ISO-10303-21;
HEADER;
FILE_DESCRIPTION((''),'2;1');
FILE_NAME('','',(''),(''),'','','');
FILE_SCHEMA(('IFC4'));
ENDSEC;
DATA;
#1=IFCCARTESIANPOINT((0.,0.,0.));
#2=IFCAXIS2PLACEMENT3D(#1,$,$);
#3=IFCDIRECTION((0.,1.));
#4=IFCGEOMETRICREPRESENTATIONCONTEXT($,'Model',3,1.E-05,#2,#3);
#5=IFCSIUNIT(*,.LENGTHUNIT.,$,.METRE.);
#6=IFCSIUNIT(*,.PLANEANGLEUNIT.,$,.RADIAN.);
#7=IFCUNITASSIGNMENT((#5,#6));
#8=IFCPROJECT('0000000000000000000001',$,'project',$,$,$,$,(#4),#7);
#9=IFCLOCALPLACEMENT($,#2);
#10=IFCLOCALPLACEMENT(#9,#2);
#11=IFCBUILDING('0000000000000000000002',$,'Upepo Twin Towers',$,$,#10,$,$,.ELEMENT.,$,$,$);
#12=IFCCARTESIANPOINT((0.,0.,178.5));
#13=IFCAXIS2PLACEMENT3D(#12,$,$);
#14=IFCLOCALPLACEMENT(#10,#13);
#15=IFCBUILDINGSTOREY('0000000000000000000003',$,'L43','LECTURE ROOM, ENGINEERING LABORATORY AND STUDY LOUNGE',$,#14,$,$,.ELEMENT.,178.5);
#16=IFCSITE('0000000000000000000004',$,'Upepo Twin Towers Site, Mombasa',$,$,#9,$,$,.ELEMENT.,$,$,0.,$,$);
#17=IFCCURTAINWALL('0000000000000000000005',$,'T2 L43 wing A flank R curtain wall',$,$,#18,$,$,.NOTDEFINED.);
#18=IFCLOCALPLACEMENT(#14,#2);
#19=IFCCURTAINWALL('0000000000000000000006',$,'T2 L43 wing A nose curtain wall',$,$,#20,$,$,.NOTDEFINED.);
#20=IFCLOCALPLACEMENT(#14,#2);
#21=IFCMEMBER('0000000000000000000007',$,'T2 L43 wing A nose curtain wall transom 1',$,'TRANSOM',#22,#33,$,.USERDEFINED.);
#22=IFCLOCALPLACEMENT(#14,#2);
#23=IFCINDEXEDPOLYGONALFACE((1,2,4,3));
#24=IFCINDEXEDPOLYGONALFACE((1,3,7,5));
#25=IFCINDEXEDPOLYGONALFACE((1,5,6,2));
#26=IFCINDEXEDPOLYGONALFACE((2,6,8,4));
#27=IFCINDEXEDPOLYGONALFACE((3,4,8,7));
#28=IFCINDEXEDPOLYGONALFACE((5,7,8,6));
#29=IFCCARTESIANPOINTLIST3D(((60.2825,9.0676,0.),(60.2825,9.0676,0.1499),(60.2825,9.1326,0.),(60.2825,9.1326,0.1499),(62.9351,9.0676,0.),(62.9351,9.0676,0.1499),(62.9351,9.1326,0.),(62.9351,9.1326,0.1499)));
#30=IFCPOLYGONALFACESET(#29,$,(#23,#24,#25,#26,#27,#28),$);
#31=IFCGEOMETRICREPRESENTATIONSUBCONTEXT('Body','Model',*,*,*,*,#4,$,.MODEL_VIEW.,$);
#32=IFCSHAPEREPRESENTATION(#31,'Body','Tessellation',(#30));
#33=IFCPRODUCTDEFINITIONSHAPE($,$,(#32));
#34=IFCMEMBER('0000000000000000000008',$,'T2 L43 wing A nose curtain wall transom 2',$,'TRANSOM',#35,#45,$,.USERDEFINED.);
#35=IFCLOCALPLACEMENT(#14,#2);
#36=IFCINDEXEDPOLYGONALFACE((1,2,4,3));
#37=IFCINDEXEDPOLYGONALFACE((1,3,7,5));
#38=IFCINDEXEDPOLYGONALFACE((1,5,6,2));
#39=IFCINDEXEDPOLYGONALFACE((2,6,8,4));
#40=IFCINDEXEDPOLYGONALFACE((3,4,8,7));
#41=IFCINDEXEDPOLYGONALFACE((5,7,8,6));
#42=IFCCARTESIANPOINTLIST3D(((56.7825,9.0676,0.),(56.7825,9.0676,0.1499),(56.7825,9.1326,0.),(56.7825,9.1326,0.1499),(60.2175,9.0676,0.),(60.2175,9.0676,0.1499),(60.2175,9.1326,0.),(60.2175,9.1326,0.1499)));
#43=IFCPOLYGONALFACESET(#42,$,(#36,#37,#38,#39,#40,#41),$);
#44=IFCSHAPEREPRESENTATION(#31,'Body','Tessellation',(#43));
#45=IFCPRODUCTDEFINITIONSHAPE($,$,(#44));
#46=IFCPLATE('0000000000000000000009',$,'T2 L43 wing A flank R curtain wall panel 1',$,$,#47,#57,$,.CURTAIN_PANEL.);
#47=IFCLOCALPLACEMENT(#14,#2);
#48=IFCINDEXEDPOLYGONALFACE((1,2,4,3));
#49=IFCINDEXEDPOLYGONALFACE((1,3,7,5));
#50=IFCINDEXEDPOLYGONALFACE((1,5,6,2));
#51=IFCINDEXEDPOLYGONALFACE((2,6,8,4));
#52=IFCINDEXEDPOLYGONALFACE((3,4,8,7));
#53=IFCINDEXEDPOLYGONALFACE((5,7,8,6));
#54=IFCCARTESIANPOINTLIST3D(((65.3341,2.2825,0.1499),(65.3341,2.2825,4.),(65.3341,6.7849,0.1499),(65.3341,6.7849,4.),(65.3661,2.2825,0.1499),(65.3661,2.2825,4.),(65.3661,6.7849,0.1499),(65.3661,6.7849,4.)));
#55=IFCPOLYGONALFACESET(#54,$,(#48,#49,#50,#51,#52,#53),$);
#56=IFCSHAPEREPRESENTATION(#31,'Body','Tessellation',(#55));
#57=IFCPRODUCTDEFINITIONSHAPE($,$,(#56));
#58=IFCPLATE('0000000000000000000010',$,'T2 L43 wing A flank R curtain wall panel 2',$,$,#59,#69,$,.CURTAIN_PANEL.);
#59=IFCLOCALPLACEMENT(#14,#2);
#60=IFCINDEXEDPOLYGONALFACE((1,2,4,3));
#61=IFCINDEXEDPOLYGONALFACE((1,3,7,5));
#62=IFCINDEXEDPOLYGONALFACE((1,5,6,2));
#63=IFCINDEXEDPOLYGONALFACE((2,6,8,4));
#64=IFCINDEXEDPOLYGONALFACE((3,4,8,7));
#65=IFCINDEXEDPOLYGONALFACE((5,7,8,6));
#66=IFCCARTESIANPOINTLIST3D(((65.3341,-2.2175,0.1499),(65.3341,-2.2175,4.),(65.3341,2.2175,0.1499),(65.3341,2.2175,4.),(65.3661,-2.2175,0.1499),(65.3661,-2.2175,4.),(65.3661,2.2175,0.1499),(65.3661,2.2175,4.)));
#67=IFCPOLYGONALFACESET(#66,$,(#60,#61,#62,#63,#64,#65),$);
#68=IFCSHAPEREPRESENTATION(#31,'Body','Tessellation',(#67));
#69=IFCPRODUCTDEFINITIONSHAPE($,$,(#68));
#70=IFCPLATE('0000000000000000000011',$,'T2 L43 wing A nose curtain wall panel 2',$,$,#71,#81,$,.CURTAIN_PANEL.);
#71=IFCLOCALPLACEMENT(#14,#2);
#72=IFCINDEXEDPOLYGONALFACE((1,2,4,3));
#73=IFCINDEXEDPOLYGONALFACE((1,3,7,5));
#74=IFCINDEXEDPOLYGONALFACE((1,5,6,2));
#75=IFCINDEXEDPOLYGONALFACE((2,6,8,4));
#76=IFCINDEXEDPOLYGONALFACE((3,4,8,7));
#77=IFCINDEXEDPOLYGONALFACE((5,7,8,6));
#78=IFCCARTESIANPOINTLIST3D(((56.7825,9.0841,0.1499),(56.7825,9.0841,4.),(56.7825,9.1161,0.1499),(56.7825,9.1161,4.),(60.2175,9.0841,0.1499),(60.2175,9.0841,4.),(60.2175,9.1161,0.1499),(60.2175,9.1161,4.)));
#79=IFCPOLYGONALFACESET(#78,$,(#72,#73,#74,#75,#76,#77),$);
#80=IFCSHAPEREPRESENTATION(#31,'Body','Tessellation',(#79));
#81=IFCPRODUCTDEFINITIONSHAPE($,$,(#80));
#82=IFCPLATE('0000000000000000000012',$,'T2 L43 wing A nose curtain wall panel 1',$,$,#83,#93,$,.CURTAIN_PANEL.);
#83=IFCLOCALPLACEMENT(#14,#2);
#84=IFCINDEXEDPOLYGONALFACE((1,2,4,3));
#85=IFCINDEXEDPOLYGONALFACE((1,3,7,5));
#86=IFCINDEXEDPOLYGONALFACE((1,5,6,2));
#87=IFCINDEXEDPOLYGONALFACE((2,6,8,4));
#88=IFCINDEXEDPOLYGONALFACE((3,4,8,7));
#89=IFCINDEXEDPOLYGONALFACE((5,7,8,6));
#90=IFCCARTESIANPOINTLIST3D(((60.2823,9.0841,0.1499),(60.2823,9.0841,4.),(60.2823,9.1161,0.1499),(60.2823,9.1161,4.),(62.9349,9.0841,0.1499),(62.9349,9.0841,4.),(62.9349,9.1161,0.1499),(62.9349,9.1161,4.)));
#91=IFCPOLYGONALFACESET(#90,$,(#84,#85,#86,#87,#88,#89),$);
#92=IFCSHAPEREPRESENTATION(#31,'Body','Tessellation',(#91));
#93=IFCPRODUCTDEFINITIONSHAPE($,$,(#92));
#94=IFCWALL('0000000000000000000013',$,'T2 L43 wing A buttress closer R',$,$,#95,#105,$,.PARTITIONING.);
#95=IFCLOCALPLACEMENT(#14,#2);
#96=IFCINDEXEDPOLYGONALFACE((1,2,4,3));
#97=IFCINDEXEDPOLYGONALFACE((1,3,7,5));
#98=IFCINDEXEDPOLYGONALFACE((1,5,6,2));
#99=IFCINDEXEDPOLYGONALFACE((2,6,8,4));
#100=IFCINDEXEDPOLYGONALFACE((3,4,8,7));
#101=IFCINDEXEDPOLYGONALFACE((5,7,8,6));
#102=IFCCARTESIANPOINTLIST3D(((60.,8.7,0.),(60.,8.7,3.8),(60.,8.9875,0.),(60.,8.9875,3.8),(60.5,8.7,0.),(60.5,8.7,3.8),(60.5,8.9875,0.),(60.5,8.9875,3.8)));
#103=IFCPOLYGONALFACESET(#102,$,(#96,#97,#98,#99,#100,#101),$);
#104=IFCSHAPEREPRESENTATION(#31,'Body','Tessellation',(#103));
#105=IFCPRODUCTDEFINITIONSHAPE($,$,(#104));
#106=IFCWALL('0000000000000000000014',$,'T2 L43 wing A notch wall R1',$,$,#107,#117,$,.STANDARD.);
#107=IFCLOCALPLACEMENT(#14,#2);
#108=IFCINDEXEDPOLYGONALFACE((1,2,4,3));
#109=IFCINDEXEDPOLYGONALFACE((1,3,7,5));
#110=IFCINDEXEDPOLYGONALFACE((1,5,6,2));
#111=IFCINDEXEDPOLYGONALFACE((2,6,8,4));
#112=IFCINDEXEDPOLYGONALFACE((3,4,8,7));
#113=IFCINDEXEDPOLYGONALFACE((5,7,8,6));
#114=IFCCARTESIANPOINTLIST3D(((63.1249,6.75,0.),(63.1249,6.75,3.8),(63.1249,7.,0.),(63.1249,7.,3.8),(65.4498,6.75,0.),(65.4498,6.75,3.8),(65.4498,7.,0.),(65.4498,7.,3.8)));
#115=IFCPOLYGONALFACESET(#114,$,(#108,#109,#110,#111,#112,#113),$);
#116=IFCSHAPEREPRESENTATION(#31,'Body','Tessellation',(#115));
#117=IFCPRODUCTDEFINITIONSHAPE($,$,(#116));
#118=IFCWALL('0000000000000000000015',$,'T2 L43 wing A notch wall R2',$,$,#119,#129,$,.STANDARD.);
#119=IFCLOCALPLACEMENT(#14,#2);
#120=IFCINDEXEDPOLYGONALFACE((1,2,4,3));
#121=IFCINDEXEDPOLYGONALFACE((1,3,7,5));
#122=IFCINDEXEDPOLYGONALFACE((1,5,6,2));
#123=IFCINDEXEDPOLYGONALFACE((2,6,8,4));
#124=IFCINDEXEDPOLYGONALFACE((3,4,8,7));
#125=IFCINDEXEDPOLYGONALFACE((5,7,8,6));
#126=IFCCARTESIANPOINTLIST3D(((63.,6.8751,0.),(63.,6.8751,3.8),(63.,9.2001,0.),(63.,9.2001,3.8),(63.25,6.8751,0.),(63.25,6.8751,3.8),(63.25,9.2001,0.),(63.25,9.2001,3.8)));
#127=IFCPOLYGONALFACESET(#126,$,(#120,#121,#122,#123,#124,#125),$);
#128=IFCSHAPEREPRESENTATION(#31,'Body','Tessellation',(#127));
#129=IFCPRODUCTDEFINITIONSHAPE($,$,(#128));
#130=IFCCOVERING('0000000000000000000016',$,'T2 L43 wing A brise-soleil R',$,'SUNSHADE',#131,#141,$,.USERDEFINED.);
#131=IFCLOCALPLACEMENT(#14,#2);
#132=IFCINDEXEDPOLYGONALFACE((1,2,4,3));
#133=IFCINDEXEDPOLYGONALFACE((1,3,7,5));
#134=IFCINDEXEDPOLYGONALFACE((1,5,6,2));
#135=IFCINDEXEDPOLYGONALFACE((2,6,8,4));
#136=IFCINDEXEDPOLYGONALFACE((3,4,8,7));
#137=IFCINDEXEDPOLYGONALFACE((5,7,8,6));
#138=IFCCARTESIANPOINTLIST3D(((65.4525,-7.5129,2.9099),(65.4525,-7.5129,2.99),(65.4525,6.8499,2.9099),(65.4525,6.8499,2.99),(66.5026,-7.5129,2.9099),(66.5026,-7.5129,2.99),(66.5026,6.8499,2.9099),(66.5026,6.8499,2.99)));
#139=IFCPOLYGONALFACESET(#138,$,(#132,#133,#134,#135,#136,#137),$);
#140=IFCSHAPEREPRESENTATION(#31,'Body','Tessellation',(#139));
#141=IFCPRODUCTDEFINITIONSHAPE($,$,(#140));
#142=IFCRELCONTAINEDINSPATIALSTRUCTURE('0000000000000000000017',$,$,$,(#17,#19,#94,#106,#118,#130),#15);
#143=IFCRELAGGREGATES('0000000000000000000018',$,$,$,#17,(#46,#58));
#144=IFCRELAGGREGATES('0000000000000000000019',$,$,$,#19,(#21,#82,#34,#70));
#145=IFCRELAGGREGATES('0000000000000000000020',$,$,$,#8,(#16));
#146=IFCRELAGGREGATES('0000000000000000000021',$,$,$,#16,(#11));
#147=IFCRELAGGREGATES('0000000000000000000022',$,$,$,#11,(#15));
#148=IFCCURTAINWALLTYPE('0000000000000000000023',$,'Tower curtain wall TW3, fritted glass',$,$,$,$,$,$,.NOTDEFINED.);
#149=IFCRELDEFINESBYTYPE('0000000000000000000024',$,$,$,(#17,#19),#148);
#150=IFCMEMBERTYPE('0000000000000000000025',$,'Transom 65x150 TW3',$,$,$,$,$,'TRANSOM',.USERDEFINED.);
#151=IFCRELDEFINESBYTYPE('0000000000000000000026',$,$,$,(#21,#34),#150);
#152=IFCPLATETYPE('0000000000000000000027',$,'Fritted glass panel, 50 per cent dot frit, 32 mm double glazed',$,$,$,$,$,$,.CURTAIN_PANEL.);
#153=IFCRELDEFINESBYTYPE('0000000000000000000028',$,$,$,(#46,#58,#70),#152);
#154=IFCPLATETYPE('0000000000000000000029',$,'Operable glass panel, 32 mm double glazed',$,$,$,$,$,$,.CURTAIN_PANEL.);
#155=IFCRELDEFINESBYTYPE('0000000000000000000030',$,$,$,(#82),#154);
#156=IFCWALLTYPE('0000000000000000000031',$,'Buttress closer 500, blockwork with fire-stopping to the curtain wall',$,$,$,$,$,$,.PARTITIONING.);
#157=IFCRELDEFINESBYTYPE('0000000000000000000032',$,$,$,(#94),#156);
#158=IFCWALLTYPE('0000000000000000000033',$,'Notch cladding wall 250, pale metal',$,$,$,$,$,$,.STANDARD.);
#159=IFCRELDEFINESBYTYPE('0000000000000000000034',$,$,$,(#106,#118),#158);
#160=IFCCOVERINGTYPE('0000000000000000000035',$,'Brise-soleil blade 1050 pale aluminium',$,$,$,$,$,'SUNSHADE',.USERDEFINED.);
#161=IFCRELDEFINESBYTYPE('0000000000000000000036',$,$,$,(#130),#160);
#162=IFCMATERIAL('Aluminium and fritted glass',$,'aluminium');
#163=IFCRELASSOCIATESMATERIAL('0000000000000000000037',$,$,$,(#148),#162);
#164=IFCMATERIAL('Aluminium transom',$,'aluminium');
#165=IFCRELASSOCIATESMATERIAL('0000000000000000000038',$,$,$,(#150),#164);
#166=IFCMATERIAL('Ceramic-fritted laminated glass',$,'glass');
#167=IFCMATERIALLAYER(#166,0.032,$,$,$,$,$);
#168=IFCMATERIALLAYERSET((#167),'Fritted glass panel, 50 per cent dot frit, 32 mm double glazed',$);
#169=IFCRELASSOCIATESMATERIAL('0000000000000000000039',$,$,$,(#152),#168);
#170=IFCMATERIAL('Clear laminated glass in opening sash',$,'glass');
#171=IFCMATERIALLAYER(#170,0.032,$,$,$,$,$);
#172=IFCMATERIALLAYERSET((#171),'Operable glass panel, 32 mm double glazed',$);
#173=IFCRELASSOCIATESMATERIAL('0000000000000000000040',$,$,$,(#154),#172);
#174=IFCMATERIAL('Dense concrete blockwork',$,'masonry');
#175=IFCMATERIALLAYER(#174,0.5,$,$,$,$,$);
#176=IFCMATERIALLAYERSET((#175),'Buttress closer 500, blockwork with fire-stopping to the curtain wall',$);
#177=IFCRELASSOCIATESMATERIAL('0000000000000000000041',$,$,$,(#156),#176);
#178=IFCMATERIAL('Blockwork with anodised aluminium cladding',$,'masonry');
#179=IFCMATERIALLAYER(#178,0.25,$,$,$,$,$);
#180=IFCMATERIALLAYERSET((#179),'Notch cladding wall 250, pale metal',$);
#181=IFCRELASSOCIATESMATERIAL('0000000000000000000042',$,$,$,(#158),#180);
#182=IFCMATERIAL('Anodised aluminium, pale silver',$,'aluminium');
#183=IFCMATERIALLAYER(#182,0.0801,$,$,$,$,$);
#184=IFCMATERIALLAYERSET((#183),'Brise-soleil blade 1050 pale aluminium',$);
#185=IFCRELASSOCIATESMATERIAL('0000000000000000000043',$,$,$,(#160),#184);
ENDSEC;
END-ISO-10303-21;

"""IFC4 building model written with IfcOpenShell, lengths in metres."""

from ifc_helpers import new_model, si_unit, direction, frame, frame_2d, origin, origin_2d, place, context, subcontext, project, spatial, rectangle, extrude, material, layer, layer_set, material_profile, profile_set, type_object, element, aggregate, save


model = new_model("IFC4")

# Units and contexts
model_context = context("Model", 3, precision=1e-05, world=origin(), true_north=direction((0.0, 1.0)))
body_context = subcontext(model_context, "Body", "Model", "MODEL_VIEW")
ifc_project = project(units=[si_unit("LENGTHUNIT", "METRE"), si_unit("PLANEANGLEUNIT", "RADIAN")], contexts=[model_context])

# Site, building, storey
site_placement = place(None, origin())
site = spatial("IfcSite", under=ifc_project, at=site_placement, Name="Upepo Twin Towers Site, Mombasa", CompositionType="ELEMENT", RefElevation=0.0)
building_placement = place(site_placement, origin())
building = spatial("IfcBuilding", under=site, at=building_placement, Name="Upepo Twin Towers", CompositionType="ELEMENT")
storey_placement = place(building_placement, frame((0.0, 0.0, 178.5)))
storey = spatial("IfcBuildingStorey", under=building, at=storey_placement, Name="L43", Description="LECTURE ROOM, ENGINEERING LABORATORY AND STUDY LOUNGE", CompositionType="ELEMENT", Elevation=178.5)

# Curtain walls
ifc_material_1 = material(Name="Aluminium and fritted glass", Category="aluminium")
curtain_wall_type = type_object("IfcCurtainWallType", Name="Tower curtain wall TW3, fritted glass", PredefinedType="NOTDEFINED", material=ifc_material_1)
curtain_wall_1_placement = place(storey_placement, origin())
curtain_wall_1 = element("IfcCurtainWall", 1, at=curtain_wall_1_placement, inside=storey, type_object=curtain_wall_type, Name="T2 L43 wing A flank R curtain wall", PredefinedType="NOTDEFINED")
curtain_wall_2_placement = place(storey_placement, origin())
curtain_wall_2 = element("IfcCurtainWall", 2, at=curtain_wall_2_placement, inside=storey, type_object=curtain_wall_type, Name="T2 L43 wing A nose curtain wall", PredefinedType="NOTDEFINED")

# Members
ifc_material_2 = material(Name="Aluminium transom", Category="aluminium")
ifc_material_profile_1 = material_profile(ifc_material_2, rectangle(XDim=0.0649, YDim=0.1499, at=origin_2d()), Name="TRANSOM 65x150")
ifc_profile_set_1 = profile_set([ifc_material_profile_1], Name="Aluminium transom")
member_type_1 = type_object("IfcMemberType", Name="Transom 65x150 TW3", ElementType="TRANSOM", PredefinedType="USERDEFINED", material=ifc_profile_set_1)
member_1_placement = place(storey_placement, frame((62.9351, 9.1001, 0.075), z_axis=(-1.0, 0.0, 0.0), x_axis=(0.0, -1.0, 0.0)))
member_1 = element("IfcMember", 3, at=member_1_placement, type_object=member_type_1, Name="T2 L43 wing A nose curtain wall transom 1", ObjectType="TRANSOM", PredefinedType="USERDEFINED", context=body_context, shape_type="SweptSolid", body=[
    extrude(rectangle(XDim=0.0649, YDim=0.1499, at=origin_2d()), origin(), (0.0, 0.0, 1.0), 2.6526),
])
member_2_placement = place(storey_placement, frame((60.2175, 9.1001, 0.075), z_axis=(-1.0, 0.0, 0.0), x_axis=(0.0, -1.0, 0.0)))
member_2 = element("IfcMember", 4, at=member_2_placement, type_object=member_type_1, Name="T2 L43 wing A nose curtain wall transom 2", ObjectType="TRANSOM", PredefinedType="USERDEFINED", context=body_context, shape_type="SweptSolid", body=[
    extrude(rectangle(XDim=0.0649, YDim=0.1499, at=origin_2d()), origin(), (0.0, 0.0, 1.0), 3.4351),
])

# Plates
ifc_material_3 = material(Name="Ceramic-fritted laminated glass", Category="glass")
ifc_layer_1 = layer(ifc_material_3, 0.032)
ifc_layer_set_1 = layer_set([ifc_layer_1], Name="Fritted glass panel, 50 per cent dot frit, 32 mm double glazed")
plate_type_1 = type_object("IfcPlateType", Name="Fritted glass panel, 50 per cent dot frit, 32 mm double glazed", PredefinedType="CURTAIN_PANEL", material=ifc_layer_set_1)
plate_1_placement = place(storey_placement, frame((65.3501, 4.5337, 0.1499), z_axis=(0.0, 0.0, 1.0), x_axis=(0.0, -1.0, 0.0)))
plate_1 = element("IfcPlate", 5, at=plate_1_placement, type_object=plate_type_1, Name="T2 L43 wing A flank R curtain wall panel 1", PredefinedType="CURTAIN_PANEL", context=body_context, shape_type="SweptSolid", body=[
    extrude(rectangle(XDim=4.5024, YDim=0.032, at=origin_2d()), origin(), (0.0, 0.0, 1.0), 3.8501),
])
plate_2_placement = place(storey_placement, frame((65.3501, 0.0, 0.1499), z_axis=(0.0, 0.0, 1.0), x_axis=(0.0, -1.0, 0.0)))
plate_2 = element("IfcPlate", 6, at=plate_2_placement, type_object=plate_type_1, Name="T2 L43 wing A flank R curtain wall panel 2", PredefinedType="CURTAIN_PANEL", context=body_context, shape_type="SweptSolid", body=[
    extrude(rectangle(XDim=4.4351, YDim=0.032, at=origin_2d()), origin(), (0.0, 0.0, 1.0), 3.8501),
])
aggregate(curtain_wall_1, [plate_1, plate_2])
plate_3_placement = place(storey_placement, frame((58.5, 9.1001, 0.1499), z_axis=(0.0, 0.0, 1.0), x_axis=(-1.0, 0.0, 0.0)))
plate_3 = element("IfcPlate", 7, at=plate_3_placement, type_object=plate_type_1, Name="T2 L43 wing A nose curtain wall panel 2", PredefinedType="CURTAIN_PANEL", context=body_context, shape_type="SweptSolid", body=[
    extrude(rectangle(XDim=3.4351, YDim=0.032, at=origin_2d()), origin(), (0.0, 0.0, 1.0), 3.8501),
])
ifc_material_4 = material(Name="Clear laminated glass in opening sash", Category="glass")
ifc_layer_2 = layer(ifc_material_4, 0.032)
ifc_layer_set_2 = layer_set([ifc_layer_2], Name="Operable glass panel, 32 mm double glazed")
plate_type_2 = type_object("IfcPlateType", Name="Operable glass panel, 32 mm double glazed", PredefinedType="CURTAIN_PANEL", material=ifc_layer_set_2)
plate_4_placement = place(storey_placement, frame((61.6086, 9.1001, 0.1499), z_axis=(0.0, 0.0, 1.0), x_axis=(-1.0, 0.0, 0.0)))
plate_4 = element("IfcPlate", 8, at=plate_4_placement, type_object=plate_type_2, Name="T2 L43 wing A nose curtain wall panel 1", PredefinedType="CURTAIN_PANEL", context=body_context, shape_type="SweptSolid", body=[
    extrude(rectangle(XDim=2.6526, YDim=0.032, at=origin_2d()), origin(), (0.0, 0.0, 1.0), 3.8501),
])
aggregate(curtain_wall_2, [member_1, plate_4, member_2, plate_3])

# Walls
ifc_material_5 = material(Name="Dense concrete blockwork", Category="masonry")
ifc_layer_3 = layer(ifc_material_5, 0.5)
ifc_layer_set_3 = layer_set([ifc_layer_3], Name="Buttress closer 500, blockwork with fire-stopping to the curtain wall")
wall_type_1 = type_object("IfcWallType", Name="Buttress closer 500, blockwork with fire-stopping to the curtain wall", PredefinedType="PARTITIONING", material=ifc_layer_set_3)
wall_placement = place(storey_placement, frame((60.25, 8.7, 0.0), z_axis=(0.0, 0.0, 1.0), x_axis=(0.0, 1.0, 0.0)))
element("IfcWall", 9, at=wall_placement, inside=storey, type_object=wall_type_1, Name="T2 L43 wing A buttress closer R", PredefinedType="PARTITIONING", context=body_context, shape_type="SweptSolid", body=[
    extrude(rectangle(XDim=0.2876, YDim=0.5, at=frame_2d((0.1438, 0.0))), origin(), (0.0, 0.0, 1.0), 3.8),
])
ifc_material_6 = material(Name="Blockwork with anodised aluminium cladding", Category="masonry")
ifc_layer_4 = layer(ifc_material_6, 0.25)
ifc_layer_set_4 = layer_set([ifc_layer_4], Name="Notch cladding wall 250, pale metal")
wall_type_2 = type_object("IfcWallType", Name="Notch cladding wall 250, pale metal", PredefinedType="STANDARD", material=ifc_layer_set_4)
for number, where, z_axis, x_axis, name in (
    (10, (65.45, 6.875, 0.0), (0.0, 0.0, 1.0), (-1.0, 0.0, 0.0), "T2 L43 wing A notch wall R1"),
    (11, (63.125, 6.875, 0.0), (0.0, 0.0, 1.0), (0.0, 1.0, 0.0), "T2 L43 wing A notch wall R2"),
):
    element("IfcWall", number, at=place(storey_placement, frame(where, z_axis=z_axis, x_axis=x_axis)), inside=storey, type_object=wall_type_2, Name=name, PredefinedType="STANDARD", context=body_context, shape_type="SweptSolid", body=[
        extrude(rectangle(XDim=2.325, YDim=0.25, at=frame_2d((1.1626, 0.0))), origin(), (0.0, 0.0, 1.0), 3.8),
    ])

# Covering
ifc_material_7 = material(Name="Anodised aluminium, pale silver", Category="aluminium")
ifc_layer_5 = layer(ifc_material_7, 0.0801)
ifc_layer_set_5 = layer_set([ifc_layer_5], Name="Brise-soleil blade 1050 pale aluminium")
covering_type = type_object("IfcCoveringType", Name="Brise-soleil blade 1050 pale aluminium", ElementType="SUNSHADE", PredefinedType="USERDEFINED", material=ifc_layer_set_5)
covering_placement = place(storey_placement, frame((65.9775, -0.3315, 2.9099), z_axis=(0.0, 0.0, 1.0), x_axis=(0.0, 1.0, 0.0)))
element("IfcCovering", 12, at=covering_placement, inside=storey, type_object=covering_type, Name="T2 L43 wing A brise-soleil R", ObjectType="SUNSHADE", PredefinedType="USERDEFINED", context=body_context, shape_type="SweptSolid", body=[
    extrude(rectangle(XDim=14.3628, YDim=1.05, at=origin_2d()), origin(), (0.0, 0.0, 1.0), 0.0801),
])

save(model, "model.ifc")
